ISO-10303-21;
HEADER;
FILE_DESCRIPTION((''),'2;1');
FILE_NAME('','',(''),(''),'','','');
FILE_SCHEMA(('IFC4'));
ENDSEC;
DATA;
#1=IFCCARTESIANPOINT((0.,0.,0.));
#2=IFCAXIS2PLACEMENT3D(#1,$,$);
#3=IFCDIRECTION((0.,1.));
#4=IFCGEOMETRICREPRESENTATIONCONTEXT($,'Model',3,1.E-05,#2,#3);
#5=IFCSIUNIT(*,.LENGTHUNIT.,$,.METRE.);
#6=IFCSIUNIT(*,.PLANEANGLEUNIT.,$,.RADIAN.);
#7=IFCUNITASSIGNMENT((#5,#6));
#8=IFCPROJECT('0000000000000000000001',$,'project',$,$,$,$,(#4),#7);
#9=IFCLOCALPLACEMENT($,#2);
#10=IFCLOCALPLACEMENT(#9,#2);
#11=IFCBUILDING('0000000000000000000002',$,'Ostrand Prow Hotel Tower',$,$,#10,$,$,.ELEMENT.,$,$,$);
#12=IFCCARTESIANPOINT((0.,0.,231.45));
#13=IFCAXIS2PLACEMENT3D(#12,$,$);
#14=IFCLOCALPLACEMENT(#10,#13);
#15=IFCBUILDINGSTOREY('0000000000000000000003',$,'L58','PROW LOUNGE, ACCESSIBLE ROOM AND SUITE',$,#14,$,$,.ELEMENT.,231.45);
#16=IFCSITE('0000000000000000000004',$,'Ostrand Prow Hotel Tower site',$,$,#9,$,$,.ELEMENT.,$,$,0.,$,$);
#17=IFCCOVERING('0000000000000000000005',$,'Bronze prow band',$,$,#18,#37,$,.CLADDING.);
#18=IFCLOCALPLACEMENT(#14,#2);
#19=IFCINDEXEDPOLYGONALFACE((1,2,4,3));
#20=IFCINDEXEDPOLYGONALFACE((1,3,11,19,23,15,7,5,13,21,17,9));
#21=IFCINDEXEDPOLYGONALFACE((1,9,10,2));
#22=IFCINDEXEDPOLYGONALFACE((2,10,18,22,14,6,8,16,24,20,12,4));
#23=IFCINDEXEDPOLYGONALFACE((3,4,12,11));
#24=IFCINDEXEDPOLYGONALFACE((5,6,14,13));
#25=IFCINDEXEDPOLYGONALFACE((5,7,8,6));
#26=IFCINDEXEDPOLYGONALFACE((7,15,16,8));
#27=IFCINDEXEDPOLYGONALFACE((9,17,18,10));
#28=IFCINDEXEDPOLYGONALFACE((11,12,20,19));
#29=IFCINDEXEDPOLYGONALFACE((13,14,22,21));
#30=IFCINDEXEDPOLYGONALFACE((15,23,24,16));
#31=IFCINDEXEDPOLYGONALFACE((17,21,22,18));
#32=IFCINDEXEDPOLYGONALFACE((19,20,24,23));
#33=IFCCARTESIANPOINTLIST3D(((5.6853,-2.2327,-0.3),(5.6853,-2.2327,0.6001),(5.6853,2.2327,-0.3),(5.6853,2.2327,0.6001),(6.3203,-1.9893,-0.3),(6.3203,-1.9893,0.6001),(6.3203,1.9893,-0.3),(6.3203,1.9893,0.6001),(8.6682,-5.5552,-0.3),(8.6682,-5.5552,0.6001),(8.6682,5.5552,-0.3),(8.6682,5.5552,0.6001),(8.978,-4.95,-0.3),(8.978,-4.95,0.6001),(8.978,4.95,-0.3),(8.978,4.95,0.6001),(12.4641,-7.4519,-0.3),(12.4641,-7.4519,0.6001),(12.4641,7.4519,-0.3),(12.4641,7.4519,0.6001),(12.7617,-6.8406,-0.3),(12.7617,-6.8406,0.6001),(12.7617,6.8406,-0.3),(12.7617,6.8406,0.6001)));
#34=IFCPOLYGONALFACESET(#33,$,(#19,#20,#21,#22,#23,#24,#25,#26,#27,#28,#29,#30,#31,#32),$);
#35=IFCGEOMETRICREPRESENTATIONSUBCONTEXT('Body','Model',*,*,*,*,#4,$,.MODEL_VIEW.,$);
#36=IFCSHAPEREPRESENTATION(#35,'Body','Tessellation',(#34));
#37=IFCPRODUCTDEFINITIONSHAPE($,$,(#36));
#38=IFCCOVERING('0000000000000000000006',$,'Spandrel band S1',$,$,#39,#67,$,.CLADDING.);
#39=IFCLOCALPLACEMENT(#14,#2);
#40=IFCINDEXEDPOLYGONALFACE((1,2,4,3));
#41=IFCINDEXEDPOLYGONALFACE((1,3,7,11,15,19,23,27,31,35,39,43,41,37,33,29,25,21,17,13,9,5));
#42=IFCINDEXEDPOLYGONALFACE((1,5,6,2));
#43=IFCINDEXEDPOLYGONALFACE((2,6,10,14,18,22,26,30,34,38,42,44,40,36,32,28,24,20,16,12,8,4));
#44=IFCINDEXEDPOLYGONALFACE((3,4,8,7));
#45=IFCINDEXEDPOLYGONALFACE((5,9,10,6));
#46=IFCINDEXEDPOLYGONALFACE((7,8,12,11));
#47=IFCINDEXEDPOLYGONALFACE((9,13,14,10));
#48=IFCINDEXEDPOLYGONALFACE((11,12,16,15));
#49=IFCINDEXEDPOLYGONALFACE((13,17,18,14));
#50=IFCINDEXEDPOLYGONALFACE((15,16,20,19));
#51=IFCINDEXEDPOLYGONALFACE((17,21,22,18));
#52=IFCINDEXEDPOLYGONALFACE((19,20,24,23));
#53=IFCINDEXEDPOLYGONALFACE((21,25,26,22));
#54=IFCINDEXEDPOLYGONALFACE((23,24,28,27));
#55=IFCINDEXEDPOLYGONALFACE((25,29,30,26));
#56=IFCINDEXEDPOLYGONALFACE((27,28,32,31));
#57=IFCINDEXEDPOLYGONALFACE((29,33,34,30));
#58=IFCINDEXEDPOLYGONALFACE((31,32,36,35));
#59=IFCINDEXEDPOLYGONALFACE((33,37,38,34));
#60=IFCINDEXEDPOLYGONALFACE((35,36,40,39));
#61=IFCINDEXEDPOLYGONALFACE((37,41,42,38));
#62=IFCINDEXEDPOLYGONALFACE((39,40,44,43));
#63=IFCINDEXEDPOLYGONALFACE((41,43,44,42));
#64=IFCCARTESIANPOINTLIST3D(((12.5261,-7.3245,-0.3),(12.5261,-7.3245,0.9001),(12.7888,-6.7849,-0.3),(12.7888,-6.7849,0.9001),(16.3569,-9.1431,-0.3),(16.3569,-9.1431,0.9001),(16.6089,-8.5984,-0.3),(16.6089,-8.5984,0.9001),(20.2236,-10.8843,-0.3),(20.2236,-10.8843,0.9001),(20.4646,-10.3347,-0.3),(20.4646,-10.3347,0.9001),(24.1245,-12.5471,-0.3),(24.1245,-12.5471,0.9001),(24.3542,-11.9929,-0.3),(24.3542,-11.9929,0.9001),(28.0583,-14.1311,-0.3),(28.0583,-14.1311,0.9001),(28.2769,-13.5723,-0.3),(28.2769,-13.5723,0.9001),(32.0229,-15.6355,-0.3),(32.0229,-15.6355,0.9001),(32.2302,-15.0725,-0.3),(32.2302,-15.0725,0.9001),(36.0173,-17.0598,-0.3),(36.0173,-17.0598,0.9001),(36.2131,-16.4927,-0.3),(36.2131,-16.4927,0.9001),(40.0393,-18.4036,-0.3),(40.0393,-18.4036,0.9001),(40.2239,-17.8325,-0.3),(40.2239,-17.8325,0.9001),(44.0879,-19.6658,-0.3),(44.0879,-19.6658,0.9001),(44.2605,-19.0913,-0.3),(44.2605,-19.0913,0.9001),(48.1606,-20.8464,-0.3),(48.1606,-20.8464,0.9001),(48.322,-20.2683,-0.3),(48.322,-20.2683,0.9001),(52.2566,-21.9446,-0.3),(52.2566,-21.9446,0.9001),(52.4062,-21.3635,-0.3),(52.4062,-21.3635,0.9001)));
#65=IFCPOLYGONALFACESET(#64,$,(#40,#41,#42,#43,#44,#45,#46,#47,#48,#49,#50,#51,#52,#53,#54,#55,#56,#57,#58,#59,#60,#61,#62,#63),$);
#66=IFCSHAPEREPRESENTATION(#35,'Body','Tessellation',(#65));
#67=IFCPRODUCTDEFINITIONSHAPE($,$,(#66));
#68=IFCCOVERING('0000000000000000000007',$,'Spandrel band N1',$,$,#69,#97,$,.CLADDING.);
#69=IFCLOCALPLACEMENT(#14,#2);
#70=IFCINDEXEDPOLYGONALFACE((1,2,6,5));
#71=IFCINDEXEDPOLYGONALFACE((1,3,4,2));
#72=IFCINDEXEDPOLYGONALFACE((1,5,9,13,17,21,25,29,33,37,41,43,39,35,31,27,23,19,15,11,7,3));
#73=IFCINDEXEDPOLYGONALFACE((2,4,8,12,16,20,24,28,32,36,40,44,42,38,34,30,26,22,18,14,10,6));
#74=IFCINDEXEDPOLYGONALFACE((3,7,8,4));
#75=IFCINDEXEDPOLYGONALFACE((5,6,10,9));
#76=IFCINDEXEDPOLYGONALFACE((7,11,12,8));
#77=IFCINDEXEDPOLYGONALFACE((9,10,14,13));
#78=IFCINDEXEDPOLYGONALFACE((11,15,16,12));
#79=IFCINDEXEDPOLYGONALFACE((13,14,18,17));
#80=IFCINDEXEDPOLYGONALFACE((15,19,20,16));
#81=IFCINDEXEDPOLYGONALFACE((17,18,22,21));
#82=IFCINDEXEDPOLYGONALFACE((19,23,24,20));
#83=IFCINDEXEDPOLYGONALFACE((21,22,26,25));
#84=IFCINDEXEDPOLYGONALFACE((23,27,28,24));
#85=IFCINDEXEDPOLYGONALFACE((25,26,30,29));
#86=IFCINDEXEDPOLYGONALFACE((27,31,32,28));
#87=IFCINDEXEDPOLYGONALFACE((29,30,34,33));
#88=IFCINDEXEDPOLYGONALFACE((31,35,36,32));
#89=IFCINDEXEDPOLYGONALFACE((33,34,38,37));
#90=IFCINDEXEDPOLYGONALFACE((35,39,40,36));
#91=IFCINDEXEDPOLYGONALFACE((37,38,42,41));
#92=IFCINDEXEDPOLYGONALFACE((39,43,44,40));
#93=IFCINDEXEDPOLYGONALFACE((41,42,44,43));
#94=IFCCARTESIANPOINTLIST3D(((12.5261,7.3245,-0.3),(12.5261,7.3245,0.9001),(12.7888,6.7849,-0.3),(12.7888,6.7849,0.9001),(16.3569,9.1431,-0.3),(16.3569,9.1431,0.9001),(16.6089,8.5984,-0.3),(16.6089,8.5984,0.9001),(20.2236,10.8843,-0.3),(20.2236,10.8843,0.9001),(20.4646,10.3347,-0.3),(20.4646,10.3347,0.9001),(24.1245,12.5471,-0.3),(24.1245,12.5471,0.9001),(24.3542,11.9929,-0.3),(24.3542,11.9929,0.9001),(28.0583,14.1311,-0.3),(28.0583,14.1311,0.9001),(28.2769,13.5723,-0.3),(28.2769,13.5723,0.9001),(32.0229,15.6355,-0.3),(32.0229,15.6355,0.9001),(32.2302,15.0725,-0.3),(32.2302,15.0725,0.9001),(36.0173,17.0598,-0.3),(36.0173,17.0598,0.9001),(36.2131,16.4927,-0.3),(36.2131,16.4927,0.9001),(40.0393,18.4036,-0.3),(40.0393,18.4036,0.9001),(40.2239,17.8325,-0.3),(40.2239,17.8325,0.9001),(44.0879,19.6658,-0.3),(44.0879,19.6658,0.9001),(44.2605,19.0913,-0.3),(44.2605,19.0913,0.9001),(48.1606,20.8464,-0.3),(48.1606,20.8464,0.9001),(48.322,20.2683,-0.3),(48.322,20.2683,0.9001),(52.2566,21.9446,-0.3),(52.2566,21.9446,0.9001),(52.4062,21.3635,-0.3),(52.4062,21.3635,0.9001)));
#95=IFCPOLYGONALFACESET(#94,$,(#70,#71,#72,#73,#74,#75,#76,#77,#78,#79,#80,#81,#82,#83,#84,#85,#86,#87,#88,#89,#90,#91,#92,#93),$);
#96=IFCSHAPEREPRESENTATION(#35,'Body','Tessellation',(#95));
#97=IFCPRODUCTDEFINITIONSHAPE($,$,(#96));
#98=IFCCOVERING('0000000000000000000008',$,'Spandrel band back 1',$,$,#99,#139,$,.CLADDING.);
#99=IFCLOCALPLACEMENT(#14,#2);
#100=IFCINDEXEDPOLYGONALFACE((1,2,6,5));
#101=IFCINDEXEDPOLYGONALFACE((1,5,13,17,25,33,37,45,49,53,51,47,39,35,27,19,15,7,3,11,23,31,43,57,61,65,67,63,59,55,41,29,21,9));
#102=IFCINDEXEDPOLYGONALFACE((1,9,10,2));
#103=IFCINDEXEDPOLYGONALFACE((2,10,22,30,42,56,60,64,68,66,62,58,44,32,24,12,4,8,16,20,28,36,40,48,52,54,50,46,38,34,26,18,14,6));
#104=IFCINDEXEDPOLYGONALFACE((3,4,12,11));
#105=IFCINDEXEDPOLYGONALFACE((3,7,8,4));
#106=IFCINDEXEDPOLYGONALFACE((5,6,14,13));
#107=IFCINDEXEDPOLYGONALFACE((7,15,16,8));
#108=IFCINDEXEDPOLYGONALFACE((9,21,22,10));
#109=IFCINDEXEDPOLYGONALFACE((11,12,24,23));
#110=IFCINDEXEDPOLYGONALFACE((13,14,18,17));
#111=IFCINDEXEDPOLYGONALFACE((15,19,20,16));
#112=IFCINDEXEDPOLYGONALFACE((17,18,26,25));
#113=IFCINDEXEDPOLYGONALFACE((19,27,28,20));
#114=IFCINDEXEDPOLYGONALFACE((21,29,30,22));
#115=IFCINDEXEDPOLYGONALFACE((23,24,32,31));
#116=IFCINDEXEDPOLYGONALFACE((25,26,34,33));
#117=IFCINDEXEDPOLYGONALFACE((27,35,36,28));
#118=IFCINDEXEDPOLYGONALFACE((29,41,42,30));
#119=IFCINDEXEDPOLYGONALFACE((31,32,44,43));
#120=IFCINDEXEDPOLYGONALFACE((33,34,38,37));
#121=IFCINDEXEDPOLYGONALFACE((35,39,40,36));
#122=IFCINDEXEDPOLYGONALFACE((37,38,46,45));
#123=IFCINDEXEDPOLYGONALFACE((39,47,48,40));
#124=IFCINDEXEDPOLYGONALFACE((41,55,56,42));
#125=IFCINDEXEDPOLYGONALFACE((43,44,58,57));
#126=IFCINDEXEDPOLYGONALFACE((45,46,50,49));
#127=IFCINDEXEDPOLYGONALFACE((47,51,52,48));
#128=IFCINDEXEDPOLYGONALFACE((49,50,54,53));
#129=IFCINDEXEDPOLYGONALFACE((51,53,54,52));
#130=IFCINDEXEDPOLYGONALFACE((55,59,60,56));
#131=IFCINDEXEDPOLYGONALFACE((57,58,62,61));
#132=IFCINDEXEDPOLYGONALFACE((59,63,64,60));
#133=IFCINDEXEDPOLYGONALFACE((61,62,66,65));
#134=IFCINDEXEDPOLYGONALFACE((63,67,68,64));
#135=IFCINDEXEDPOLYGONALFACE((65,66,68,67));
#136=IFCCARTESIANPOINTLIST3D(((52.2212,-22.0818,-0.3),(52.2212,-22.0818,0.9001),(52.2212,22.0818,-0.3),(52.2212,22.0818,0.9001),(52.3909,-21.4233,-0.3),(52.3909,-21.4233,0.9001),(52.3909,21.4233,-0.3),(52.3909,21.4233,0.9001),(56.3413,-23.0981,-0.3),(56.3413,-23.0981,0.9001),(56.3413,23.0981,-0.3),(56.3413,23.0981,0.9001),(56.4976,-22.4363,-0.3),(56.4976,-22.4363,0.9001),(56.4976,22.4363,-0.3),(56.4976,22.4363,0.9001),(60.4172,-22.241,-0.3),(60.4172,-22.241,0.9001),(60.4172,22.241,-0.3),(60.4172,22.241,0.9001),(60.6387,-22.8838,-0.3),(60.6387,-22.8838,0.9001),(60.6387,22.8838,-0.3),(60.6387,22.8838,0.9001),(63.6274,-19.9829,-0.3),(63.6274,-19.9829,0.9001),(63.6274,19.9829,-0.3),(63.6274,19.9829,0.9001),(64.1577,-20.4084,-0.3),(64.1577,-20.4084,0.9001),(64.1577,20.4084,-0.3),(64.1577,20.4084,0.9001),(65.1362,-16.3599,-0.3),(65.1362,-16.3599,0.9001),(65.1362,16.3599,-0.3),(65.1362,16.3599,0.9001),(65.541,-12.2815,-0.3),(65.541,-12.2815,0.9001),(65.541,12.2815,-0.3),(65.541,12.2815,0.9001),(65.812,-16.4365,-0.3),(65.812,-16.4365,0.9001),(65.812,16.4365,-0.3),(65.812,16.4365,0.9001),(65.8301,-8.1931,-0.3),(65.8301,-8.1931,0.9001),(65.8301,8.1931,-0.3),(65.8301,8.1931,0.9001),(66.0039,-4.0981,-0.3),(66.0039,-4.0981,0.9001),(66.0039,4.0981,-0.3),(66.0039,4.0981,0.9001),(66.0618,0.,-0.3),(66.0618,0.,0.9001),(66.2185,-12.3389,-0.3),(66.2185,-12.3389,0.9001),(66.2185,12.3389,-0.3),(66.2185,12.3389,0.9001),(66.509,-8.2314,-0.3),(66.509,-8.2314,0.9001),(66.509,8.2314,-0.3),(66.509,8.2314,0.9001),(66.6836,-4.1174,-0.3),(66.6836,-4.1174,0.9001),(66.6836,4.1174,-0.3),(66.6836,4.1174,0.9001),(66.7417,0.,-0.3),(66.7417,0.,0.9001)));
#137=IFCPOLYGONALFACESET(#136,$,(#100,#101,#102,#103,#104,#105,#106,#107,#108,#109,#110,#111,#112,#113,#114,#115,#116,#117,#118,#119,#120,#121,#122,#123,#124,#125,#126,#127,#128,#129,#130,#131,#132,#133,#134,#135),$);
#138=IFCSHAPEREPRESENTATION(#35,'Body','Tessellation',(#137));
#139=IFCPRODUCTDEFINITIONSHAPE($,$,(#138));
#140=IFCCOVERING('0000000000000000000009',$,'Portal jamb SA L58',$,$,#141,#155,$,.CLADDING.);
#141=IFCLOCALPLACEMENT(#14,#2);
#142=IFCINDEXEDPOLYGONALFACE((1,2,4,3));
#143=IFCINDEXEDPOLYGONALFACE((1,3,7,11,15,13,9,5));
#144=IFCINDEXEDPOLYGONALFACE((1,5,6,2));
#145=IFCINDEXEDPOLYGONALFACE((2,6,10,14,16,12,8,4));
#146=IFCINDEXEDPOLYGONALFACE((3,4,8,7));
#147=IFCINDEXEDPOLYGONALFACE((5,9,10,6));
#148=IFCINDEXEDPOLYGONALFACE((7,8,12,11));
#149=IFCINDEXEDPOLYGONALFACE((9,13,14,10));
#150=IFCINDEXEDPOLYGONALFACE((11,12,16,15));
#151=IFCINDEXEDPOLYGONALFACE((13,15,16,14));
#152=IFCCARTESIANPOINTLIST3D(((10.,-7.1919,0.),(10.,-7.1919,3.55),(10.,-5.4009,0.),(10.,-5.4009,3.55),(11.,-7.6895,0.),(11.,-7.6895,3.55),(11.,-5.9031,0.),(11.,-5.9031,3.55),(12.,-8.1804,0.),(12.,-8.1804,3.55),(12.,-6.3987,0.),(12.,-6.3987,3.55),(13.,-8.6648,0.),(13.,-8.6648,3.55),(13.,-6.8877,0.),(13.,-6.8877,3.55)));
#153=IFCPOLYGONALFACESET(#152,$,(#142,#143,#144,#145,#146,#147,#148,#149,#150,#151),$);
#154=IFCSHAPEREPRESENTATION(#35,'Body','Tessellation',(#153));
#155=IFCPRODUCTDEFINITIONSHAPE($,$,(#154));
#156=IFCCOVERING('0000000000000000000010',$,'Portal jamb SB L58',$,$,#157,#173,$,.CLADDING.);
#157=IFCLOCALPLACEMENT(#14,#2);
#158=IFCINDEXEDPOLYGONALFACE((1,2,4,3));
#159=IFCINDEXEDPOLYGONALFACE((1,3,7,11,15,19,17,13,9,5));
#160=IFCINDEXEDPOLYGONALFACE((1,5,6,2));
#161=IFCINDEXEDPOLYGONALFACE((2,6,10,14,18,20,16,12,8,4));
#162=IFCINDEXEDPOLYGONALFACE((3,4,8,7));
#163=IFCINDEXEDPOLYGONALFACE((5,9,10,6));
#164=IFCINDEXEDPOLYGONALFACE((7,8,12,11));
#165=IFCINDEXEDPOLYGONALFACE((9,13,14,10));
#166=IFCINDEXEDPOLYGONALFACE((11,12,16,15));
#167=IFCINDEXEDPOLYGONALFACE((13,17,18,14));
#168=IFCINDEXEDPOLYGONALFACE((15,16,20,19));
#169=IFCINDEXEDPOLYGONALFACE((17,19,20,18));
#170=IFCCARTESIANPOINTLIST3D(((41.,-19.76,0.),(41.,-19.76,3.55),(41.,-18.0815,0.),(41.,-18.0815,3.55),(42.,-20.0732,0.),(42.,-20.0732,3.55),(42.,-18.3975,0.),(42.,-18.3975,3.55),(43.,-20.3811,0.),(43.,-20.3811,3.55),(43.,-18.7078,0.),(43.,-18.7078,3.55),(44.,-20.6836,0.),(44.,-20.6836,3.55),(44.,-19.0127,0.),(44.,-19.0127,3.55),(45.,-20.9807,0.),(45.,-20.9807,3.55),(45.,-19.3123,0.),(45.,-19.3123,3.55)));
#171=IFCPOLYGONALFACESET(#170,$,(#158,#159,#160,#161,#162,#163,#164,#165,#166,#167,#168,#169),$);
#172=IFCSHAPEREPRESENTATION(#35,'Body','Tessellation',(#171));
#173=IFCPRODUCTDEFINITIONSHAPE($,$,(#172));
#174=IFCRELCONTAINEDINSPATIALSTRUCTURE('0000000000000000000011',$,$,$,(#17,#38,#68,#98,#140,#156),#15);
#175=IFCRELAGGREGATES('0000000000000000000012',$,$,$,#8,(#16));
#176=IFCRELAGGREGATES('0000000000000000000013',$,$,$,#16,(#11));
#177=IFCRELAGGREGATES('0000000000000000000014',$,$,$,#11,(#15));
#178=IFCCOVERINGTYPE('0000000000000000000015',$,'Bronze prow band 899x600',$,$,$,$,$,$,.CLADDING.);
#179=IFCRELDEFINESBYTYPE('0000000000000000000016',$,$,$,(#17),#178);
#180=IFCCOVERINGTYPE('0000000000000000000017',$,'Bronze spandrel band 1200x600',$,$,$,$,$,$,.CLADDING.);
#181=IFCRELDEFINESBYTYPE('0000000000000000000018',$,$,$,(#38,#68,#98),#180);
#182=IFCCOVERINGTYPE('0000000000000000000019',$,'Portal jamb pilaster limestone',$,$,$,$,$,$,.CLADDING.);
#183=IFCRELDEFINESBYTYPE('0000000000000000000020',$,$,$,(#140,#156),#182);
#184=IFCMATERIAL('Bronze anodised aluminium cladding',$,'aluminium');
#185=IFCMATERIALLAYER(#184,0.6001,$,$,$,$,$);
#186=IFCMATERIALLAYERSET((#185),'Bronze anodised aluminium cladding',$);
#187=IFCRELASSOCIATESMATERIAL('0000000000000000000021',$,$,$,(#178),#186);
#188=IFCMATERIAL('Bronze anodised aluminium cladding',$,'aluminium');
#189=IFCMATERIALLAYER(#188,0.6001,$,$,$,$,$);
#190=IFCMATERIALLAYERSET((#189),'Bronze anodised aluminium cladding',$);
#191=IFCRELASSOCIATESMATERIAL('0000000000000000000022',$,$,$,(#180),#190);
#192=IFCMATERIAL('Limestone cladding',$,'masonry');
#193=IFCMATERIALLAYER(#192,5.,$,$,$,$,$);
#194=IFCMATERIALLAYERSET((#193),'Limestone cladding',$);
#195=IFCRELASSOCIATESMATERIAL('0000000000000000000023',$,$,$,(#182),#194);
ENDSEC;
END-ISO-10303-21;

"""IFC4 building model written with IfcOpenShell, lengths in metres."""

from ifc_helpers import new_model, si_unit, direction, frame, origin, place, context, subcontext, project, spatial, polyline, outline, extrude, material, layer, layer_set, type_object, element, save


model = new_model("IFC4")

# Units and contexts
model_context = context("Model", 3, precision=1e-05, world=origin(), true_north=direction((0.0, 1.0)))
body_context = subcontext(model_context, "Body", "Model", "MODEL_VIEW")
ifc_project = project(units=[si_unit("LENGTHUNIT", "METRE"), si_unit("PLANEANGLEUNIT", "RADIAN")], contexts=[model_context])

# Site, building, storey
site_placement = place(None, origin())
site = spatial("IfcSite", under=ifc_project, at=site_placement, Name="Ostrand Prow Hotel Tower site", CompositionType="ELEMENT", RefElevation=0.0)
building_placement = place(site_placement, origin())
building = spatial("IfcBuilding", under=site, at=building_placement, Name="Ostrand Prow Hotel Tower", CompositionType="ELEMENT")
storey_placement = place(building_placement, frame((0.0, 0.0, 231.45)))
storey = spatial("IfcBuildingStorey", under=building, at=storey_placement, Name="L58", Description="PROW LOUNGE, ACCESSIBLE ROOM AND SUITE", CompositionType="ELEMENT", Elevation=231.45)

# Coverings
ifc_material_1 = material(Name="Bronze anodised aluminium cladding", Category="aluminium")
ifc_layer_1 = layer(ifc_material_1, 0.6001)
ifc_layer_set_1 = layer_set([ifc_layer_1], Name="Bronze anodised aluminium cladding")
covering_type_1 = type_object("IfcCoveringType", Name="Bronze prow band 899x600", PredefinedType="CLADDING", material=ifc_layer_set_1)
covering_1_placement = place(storey_placement, frame((0.0, 0.0, -0.3)))
element("IfcCovering", 1, at=covering_1_placement, inside=storey, type_object=covering_type_1, Name="Bronze prow band", PredefinedType="CLADDING", context=body_context, shape_type="SweptSolid", body=[
    extrude(outline(polyline([(12.4641, 7.4519), (8.6682, 5.5552), (5.6853, 2.2327), (5.6853, -2.2327), (8.6682, -5.5552), (12.4641, -7.4519), (12.7617, -6.8406), (8.978, -4.95), (6.3203, -1.9893), (6.3203, 1.9893), (8.978, 4.95), (12.7617, 6.8406), (12.4641, 7.4519)])), origin(), (0.0, 0.0, 1.0), 0.9001),
])
ifc_material_2 = material(Name="Bronze anodised aluminium cladding", Category="aluminium")
ifc_layer_2 = layer(ifc_material_2, 0.6001)
ifc_layer_set_2 = layer_set([ifc_layer_2], Name="Bronze anodised aluminium cladding")
covering_type_2 = type_object("IfcCoveringType", Name="Bronze spandrel band 1200x600", PredefinedType="CLADDING", material=ifc_layer_set_2)
covering_2_placement = place(storey_placement, frame((0.0, 0.0, -0.3)))
element("IfcCovering", 2, at=covering_2_placement, inside=storey, type_object=covering_type_2, Name="Spandrel band S1", PredefinedType="CLADDING", context=body_context, shape_type="SweptSolid", body=[
    extrude(outline(polyline([(12.5261, -7.3245), (16.3569, -9.1431), (20.2236, -10.8843), (24.1245, -12.5471), (28.0583, -14.1311), (32.0229, -15.6355), (36.0173, -17.0598), (40.0393, -18.4036), (44.0879, -19.6658), (48.1606, -20.8464), (52.2566, -21.9446), (52.4062, -21.3635), (48.322, -20.2683), (44.2605, -19.0913), (40.2239, -17.8325), (36.2131, -16.4927), (32.2302, -15.0725), (28.2769, -13.5723), (24.3542, -11.9929), (20.4646, -10.3347), (16.6089, -8.5984), (12.7888, -6.7849), (12.5261, -7.3245)])), origin(), (0.0, 0.0, 1.0), 1.2002),
])
covering_3_placement = place(storey_placement, frame((0.0, 0.0, -0.3)))
element("IfcCovering", 3, at=covering_3_placement, inside=storey, type_object=covering_type_2, Name="Spandrel band N1", PredefinedType="CLADDING", context=body_context, shape_type="SweptSolid", body=[
    extrude(outline(polyline([(52.2566, 21.9446), (48.1606, 20.8464), (44.0879, 19.6658), (40.0393, 18.4036), (36.0173, 17.0598), (32.0229, 15.6355), (28.0583, 14.1311), (24.1245, 12.5471), (20.2236, 10.8843), (16.3569, 9.1431), (12.5261, 7.3245), (12.7888, 6.7849), (16.6089, 8.5984), (20.4646, 10.3347), (24.3542, 11.9929), (28.2769, 13.5723), (32.2302, 15.0725), (36.2131, 16.4927), (40.2239, 17.8325), (44.2605, 19.0913), (48.322, 20.2683), (52.4062, 21.3635), (52.2566, 21.9446)])), origin(), (0.0, 0.0, 1.0), 1.2002),
])
covering_4_placement = place(storey_placement, frame((0.0, 0.0, -0.3)))
element("IfcCovering", 4, at=covering_4_placement, inside=storey, type_object=covering_type_2, Name="Spandrel band back 1", PredefinedType="CLADDING", context=body_context, shape_type="SweptSolid", body=[
    extrude(outline(polyline([(52.2212, -22.0818), (56.3413, -23.0981), (60.6387, -22.8838), (64.1577, -20.4084), (65.812, -16.4365), (66.2185, -12.3389), (66.509, -8.2314), (66.6836, -4.1174), (66.7417, 0.0), (66.6836, 4.1174), (66.509, 8.2314), (66.2185, 12.3389), (65.812, 16.4365), (64.1577, 20.4084), (60.6387, 22.8838), (56.3413, 23.0981), (52.2212, 22.0818), (52.3909, 21.4233), (56.4976, 22.4363), (60.4172, 22.241), (63.6274, 19.9829), (65.1362, 16.3599), (65.541, 12.2815), (65.8301, 8.1931), (66.0039, 4.0981), (66.0618, 0.0), (66.0039, -4.0981), (65.8301, -8.1931), (65.541, -12.2815), (65.1362, -16.3599), (63.6274, -19.9829), (60.4172, -22.241), (56.4976, -22.4363), (52.3909, -21.4233), (52.2212, -22.0818)])), origin(), (0.0, 0.0, 1.0), 1.2002),
])
ifc_material_3 = material(Name="Limestone cladding", Category="masonry")
ifc_layer_3 = layer(ifc_material_3, 5.0)
ifc_layer_set_3 = layer_set([ifc_layer_3], Name="Limestone cladding")
covering_type_3 = type_object("IfcCoveringType", Name="Portal jamb pilaster limestone", PredefinedType="CLADDING", material=ifc_layer_set_3)
covering_5_placement = place(storey_placement, origin())
element("IfcCovering", 5, at=covering_5_placement, inside=storey, type_object=covering_type_3, Name="Portal jamb SA L58", PredefinedType="CLADDING", context=body_context, shape_type="SweptSolid", body=[
    extrude(outline(polyline([(10.0, -5.4009), (10.0, -7.1919), (11.0, -7.6895), (12.0, -8.1804), (13.0, -8.6648), (13.0, -6.8877), (12.0, -6.3987), (11.0, -5.9031), (10.0, -5.4009)])), origin(), (0.0, 0.0, 1.0), 3.55),
])
covering_6_placement = place(storey_placement, origin())
element("IfcCovering", 6, at=covering_6_placement, inside=storey, type_object=covering_type_3, Name="Portal jamb SB L58", PredefinedType="CLADDING", context=body_context, shape_type="SweptSolid", body=[
    extrude(outline(polyline([(41.0, -18.0815), (41.0, -19.76), (42.0, -20.0732), (43.0, -20.3811), (44.0, -20.6836), (45.0, -20.9807), (45.0, -19.3123), (44.0, -19.0127), (43.0, -18.7078), (42.0, -18.3975), (41.0, -18.0815)])), origin(), (0.0, 0.0, 1.0), 3.55),
])

save(model, "model.ifc")
